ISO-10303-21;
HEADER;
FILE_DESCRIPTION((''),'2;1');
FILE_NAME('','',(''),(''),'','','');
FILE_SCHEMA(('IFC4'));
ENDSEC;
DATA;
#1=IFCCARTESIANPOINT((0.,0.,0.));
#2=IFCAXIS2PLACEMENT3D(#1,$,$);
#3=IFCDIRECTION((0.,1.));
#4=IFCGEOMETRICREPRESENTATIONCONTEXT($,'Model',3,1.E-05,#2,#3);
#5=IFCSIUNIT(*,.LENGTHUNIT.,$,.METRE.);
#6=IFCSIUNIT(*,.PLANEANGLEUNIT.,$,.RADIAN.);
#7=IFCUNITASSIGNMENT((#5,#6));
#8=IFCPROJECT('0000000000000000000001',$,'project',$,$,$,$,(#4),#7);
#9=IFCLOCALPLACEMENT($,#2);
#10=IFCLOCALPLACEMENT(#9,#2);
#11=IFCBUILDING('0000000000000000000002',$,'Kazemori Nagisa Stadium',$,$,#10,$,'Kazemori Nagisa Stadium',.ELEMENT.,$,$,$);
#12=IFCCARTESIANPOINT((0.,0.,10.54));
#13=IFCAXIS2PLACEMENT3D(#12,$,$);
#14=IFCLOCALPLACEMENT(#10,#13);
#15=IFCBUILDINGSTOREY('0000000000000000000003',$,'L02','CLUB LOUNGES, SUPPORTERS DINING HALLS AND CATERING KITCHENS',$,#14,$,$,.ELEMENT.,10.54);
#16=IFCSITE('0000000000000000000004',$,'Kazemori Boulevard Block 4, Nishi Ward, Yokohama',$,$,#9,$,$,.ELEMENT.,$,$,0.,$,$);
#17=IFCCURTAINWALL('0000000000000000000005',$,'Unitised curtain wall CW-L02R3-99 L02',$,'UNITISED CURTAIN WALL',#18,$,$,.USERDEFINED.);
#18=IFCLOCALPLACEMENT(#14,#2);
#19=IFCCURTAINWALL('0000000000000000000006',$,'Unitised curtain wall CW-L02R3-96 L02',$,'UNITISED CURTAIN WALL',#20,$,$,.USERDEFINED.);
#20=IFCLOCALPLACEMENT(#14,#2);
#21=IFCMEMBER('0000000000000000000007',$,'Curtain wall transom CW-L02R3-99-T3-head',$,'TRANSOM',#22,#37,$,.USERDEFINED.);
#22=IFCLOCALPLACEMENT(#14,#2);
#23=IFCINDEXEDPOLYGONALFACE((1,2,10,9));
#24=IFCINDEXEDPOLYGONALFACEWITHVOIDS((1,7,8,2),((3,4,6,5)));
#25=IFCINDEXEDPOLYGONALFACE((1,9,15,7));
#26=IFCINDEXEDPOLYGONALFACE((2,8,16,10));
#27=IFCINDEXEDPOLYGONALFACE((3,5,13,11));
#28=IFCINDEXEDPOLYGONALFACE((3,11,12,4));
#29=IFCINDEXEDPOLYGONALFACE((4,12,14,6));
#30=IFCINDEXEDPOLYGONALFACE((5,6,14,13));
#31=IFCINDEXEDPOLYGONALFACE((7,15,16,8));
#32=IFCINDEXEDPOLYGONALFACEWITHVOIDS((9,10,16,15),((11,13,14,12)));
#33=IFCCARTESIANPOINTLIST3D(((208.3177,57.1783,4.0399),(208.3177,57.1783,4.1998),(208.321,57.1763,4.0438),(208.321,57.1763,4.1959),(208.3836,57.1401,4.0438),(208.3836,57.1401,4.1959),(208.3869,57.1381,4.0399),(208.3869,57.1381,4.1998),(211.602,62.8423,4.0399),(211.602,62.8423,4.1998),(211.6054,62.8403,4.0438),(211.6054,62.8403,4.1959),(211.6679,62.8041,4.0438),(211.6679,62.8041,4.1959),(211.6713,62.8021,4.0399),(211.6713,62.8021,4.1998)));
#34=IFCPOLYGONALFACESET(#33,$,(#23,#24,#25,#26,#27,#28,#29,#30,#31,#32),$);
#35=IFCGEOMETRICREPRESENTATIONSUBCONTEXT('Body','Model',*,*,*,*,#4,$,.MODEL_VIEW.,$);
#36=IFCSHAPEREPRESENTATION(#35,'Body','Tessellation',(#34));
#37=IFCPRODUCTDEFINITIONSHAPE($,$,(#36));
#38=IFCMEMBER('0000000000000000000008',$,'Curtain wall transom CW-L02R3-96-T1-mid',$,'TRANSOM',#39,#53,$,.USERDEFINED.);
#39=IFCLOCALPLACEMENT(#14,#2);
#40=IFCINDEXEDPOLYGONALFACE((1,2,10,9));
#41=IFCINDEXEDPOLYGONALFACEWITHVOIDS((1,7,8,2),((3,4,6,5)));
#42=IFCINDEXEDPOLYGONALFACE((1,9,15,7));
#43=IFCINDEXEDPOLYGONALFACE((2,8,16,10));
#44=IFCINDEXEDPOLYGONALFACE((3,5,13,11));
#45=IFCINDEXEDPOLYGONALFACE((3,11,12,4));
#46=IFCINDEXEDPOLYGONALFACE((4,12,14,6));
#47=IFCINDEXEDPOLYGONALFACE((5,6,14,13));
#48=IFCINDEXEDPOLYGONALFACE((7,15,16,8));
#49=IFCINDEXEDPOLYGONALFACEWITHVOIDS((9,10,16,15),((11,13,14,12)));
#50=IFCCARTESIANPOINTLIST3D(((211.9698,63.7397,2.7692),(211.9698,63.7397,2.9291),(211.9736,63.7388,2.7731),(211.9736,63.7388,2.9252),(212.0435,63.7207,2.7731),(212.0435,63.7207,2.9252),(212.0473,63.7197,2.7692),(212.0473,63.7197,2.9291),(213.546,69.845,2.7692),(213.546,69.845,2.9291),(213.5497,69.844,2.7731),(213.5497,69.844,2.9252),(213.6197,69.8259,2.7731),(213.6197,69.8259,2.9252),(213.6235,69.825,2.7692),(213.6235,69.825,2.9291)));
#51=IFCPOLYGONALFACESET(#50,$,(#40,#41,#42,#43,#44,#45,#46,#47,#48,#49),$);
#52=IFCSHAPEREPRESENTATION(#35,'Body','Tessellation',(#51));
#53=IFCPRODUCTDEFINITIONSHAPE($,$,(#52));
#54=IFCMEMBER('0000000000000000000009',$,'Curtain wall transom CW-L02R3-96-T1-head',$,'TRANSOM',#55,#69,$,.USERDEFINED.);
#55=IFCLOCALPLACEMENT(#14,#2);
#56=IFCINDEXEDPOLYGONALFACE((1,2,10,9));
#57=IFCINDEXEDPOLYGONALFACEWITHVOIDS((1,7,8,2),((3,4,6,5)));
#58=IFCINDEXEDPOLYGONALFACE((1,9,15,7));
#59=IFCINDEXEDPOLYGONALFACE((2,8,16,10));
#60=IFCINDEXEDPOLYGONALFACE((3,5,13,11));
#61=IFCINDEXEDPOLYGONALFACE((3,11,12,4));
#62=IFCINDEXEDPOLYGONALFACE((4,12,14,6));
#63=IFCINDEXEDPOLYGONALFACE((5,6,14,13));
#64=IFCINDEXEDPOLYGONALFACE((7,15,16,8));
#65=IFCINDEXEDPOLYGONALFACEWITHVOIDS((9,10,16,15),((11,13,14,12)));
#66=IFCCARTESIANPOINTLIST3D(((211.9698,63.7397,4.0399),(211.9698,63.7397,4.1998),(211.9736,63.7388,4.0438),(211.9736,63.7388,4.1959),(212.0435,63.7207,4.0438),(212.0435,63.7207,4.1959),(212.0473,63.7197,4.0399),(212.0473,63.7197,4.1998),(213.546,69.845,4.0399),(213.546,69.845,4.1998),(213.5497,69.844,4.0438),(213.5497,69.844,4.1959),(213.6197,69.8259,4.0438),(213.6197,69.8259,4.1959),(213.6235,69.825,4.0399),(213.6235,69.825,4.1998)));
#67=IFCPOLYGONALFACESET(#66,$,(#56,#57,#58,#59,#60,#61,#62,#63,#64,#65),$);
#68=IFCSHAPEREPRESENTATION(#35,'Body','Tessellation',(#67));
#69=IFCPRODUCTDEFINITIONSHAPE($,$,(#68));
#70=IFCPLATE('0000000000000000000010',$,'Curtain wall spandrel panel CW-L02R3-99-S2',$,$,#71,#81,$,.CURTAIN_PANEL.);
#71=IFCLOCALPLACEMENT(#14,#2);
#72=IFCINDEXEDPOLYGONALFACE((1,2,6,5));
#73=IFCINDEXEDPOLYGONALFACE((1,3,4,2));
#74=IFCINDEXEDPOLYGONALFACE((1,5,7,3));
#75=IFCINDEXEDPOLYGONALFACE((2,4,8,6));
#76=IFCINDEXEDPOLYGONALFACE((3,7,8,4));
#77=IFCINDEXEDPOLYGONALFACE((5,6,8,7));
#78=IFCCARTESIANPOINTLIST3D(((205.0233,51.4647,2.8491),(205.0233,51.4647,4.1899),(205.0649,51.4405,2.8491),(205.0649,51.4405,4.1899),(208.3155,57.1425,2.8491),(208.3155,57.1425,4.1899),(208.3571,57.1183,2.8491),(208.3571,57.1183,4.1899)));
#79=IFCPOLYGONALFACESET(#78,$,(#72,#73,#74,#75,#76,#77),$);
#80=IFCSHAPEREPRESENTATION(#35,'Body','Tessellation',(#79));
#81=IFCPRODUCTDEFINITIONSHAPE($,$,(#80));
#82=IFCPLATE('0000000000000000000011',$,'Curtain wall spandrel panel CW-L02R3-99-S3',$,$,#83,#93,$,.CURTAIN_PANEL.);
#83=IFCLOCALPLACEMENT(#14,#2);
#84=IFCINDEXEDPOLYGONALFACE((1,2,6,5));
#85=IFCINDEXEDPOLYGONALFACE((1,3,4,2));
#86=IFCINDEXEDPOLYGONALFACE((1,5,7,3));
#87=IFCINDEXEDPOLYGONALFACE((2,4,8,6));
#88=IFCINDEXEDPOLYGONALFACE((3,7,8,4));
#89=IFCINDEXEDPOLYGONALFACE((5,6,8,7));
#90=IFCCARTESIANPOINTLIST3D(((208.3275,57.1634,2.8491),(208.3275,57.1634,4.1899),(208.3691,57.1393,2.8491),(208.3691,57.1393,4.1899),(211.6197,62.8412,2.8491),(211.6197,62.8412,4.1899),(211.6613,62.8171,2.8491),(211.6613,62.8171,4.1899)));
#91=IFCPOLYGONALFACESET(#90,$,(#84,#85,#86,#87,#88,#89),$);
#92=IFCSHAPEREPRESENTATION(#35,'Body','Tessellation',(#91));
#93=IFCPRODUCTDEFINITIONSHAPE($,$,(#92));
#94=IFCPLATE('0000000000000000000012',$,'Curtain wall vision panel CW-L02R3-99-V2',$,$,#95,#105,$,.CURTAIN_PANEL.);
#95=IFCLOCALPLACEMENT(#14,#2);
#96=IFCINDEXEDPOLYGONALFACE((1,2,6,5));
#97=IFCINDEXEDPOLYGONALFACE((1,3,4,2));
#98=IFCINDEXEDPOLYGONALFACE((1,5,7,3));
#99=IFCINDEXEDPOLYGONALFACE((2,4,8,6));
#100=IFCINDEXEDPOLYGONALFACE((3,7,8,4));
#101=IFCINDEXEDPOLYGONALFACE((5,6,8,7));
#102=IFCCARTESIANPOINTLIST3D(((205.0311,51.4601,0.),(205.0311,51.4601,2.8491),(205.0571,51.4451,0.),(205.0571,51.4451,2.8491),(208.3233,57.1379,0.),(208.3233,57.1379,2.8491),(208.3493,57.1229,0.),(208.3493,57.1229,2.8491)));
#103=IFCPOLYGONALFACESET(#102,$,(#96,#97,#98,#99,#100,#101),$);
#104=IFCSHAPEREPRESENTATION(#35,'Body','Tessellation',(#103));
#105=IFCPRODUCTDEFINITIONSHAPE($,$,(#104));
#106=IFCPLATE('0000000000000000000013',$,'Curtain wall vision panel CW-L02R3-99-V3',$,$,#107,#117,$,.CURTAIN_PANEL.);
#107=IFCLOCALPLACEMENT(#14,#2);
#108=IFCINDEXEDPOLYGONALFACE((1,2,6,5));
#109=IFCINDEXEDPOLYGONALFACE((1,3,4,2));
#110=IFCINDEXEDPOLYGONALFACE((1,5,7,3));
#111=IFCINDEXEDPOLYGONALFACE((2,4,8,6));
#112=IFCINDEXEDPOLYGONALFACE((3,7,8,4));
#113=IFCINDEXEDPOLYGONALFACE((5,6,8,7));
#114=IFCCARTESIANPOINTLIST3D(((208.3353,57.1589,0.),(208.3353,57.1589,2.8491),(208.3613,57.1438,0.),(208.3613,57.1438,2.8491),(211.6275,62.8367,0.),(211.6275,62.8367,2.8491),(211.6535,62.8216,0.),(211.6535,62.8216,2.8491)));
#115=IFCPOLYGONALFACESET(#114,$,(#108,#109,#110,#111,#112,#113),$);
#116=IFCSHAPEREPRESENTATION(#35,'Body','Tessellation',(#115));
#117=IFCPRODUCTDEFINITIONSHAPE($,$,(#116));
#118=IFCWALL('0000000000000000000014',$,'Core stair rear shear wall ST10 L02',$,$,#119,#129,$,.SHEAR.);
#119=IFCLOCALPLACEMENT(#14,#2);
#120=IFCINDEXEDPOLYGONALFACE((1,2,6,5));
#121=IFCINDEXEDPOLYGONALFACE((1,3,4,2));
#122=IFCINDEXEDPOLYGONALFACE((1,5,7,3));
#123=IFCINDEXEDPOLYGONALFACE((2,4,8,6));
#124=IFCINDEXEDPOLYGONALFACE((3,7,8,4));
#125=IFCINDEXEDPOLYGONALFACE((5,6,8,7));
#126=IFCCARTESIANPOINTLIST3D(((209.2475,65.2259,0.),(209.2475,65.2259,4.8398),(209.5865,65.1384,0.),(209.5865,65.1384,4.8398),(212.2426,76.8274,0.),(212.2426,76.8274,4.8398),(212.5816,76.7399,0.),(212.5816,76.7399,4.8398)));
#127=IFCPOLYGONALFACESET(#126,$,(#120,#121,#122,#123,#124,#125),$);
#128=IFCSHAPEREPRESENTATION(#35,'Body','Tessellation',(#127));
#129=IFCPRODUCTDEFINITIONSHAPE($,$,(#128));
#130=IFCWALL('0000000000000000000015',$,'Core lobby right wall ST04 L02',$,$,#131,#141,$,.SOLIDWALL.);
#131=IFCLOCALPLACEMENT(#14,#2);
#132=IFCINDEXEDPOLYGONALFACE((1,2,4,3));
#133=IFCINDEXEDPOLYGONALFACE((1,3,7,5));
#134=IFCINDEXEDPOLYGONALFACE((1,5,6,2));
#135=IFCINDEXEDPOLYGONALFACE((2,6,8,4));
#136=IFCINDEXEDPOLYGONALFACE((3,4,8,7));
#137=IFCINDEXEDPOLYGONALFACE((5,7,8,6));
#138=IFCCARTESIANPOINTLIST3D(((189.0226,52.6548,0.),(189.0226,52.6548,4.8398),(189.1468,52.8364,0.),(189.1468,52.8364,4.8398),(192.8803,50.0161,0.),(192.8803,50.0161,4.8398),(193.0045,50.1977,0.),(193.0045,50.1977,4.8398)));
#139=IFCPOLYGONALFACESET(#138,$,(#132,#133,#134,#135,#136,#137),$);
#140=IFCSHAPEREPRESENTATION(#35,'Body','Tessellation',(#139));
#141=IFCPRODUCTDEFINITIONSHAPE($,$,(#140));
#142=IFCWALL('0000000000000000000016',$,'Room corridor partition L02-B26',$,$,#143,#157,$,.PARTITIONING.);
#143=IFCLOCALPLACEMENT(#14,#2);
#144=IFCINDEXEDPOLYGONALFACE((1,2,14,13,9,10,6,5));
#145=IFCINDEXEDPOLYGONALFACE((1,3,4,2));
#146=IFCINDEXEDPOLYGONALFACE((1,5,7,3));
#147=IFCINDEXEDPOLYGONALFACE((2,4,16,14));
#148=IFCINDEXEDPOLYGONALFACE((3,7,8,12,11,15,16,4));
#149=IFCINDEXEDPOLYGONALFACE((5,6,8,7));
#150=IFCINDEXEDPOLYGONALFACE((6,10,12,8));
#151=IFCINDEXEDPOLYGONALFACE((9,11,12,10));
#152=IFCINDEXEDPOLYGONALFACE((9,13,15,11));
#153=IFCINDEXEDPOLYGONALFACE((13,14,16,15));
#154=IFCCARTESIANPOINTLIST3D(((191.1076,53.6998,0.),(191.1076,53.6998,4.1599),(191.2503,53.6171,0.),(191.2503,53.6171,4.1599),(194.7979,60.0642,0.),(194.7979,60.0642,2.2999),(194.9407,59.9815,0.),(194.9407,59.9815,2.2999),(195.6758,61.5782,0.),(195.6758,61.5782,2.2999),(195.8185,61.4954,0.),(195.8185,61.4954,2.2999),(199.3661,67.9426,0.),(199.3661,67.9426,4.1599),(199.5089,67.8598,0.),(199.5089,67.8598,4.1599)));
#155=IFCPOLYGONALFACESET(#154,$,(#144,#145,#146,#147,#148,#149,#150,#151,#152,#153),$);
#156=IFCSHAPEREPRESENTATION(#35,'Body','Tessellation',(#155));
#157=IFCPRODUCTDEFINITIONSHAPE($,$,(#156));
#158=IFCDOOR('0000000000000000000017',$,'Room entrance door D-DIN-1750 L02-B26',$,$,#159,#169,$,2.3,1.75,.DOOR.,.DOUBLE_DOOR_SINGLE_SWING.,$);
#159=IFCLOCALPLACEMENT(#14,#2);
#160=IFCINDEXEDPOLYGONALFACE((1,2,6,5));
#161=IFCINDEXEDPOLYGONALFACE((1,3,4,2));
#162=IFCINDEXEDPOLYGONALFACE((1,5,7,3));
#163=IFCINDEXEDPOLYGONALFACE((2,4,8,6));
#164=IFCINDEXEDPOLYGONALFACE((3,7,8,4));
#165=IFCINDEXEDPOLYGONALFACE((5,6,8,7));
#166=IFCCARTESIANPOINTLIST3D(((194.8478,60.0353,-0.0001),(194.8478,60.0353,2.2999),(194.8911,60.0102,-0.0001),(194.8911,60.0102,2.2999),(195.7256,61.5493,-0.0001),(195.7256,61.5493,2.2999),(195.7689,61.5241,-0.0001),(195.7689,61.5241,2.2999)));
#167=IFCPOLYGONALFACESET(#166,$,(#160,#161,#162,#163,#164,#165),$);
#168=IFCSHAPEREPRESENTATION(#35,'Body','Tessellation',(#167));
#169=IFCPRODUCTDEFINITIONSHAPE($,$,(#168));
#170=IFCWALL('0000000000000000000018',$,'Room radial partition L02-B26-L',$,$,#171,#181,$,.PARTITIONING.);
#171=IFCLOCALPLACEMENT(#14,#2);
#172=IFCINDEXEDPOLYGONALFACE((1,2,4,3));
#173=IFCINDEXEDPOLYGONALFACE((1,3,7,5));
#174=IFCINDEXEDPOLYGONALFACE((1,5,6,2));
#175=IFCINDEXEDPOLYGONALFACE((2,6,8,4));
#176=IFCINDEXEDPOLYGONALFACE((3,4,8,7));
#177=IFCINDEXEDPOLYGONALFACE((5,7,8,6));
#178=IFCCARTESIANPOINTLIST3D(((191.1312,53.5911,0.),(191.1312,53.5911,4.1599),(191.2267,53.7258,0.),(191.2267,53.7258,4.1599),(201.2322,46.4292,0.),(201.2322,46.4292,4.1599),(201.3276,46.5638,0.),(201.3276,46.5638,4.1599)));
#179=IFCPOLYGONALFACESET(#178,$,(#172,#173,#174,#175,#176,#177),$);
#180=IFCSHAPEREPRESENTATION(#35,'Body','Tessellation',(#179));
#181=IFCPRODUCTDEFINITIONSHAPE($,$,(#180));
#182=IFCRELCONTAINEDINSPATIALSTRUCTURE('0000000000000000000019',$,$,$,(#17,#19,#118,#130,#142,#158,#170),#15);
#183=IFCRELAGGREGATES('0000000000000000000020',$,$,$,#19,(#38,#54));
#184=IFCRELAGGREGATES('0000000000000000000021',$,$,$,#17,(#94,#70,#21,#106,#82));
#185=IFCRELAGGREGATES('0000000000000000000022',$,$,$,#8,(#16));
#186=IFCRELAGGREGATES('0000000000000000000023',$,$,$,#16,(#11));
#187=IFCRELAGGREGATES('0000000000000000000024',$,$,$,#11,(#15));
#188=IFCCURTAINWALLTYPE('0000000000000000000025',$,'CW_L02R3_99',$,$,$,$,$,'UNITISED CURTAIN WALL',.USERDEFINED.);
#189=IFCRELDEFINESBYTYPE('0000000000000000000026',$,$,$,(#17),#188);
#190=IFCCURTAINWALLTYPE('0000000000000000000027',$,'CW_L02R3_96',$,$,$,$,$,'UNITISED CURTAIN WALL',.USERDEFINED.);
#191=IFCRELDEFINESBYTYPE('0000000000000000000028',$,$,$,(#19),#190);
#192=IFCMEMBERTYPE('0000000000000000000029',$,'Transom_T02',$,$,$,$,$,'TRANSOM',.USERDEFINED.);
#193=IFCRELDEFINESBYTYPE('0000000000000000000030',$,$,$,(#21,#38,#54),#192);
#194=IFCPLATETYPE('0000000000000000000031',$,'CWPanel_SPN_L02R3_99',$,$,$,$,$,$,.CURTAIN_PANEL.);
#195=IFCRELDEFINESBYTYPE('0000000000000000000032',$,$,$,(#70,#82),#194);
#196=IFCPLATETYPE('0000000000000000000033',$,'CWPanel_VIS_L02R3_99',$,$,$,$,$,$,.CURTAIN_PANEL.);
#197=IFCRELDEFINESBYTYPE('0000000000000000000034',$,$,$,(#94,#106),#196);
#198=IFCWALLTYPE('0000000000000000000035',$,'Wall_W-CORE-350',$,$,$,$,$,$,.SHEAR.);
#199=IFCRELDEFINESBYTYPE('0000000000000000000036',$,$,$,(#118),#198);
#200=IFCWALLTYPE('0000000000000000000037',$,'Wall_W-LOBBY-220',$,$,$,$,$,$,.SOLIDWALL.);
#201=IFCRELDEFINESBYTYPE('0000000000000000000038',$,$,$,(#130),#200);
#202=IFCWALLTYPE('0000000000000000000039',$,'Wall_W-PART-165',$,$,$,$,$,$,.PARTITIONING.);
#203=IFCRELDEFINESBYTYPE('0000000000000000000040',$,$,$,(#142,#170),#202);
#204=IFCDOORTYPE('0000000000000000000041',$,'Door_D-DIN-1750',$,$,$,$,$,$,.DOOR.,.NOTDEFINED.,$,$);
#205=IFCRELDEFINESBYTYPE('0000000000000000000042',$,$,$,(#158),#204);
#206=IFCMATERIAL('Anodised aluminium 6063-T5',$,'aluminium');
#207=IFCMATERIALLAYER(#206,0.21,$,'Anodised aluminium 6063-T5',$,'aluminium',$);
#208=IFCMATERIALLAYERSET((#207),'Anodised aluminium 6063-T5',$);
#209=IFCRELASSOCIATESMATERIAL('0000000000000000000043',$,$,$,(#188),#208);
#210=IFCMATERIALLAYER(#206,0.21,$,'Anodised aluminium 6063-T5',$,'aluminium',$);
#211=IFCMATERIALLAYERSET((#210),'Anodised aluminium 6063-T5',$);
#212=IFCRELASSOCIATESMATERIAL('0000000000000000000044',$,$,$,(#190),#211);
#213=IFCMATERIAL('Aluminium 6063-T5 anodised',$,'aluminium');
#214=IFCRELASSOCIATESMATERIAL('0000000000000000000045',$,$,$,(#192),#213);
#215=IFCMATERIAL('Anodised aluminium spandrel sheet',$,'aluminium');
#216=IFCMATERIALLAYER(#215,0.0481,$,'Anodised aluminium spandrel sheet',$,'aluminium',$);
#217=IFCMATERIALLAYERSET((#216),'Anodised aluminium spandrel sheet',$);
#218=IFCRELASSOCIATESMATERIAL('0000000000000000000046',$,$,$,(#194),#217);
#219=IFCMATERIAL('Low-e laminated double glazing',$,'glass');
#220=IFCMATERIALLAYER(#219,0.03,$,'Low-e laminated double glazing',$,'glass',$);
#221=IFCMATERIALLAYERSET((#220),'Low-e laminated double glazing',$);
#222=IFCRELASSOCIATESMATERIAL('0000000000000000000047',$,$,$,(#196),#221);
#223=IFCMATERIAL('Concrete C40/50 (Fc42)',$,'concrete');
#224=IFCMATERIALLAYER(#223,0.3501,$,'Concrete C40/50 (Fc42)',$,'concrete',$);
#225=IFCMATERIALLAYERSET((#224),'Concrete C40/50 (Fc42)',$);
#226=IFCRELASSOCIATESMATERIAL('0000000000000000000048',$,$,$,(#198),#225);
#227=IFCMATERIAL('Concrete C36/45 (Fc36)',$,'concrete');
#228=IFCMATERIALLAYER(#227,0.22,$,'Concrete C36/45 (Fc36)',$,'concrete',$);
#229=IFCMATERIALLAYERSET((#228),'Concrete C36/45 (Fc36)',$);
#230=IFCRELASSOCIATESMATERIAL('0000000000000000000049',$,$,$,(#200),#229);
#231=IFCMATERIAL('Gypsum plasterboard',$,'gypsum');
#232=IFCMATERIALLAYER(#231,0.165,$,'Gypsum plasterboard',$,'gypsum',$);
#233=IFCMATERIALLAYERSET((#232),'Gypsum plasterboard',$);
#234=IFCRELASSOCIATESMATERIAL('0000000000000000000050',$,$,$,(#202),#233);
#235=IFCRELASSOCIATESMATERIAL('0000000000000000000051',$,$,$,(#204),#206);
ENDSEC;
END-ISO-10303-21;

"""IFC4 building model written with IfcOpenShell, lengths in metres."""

from ifc_helpers import new_model, si_unit, direction, frame, frame_2d, origin, origin_2d, place, context, subcontext, project, spatial, rectangle, hollow_rectangle, extrude, material, layer, layer_set, material_profile, profile_set, type_object, element, fill, aggregate, save


model = new_model("IFC4")

# Units and contexts
model_context = context("Model", 3, precision=1e-05, world=origin(), true_north=direction((0.0, 1.0)))
body_context = subcontext(model_context, "Body", "Model", "MODEL_VIEW")
ifc_project = project(units=[si_unit("LENGTHUNIT", "METRE"), si_unit("PLANEANGLEUNIT", "RADIAN")], contexts=[model_context])

# Site, building, storey
site_placement = place(None, origin())
site = spatial("IfcSite", under=ifc_project, at=site_placement, Name="Kazemori Boulevard Block 4, Nishi Ward, Yokohama", CompositionType="ELEMENT", RefElevation=0.0)
building_placement = place(site_placement, origin())
building = spatial("IfcBuilding", under=site, at=building_placement, Name="Kazemori Nagisa Stadium", LongName="Kazemori Nagisa Stadium", CompositionType="ELEMENT")
storey_placement = place(building_placement, frame((0.0, 0.0, 10.54)))
storey = spatial("IfcBuildingStorey", under=building, at=storey_placement, Name="L02", Description="CLUB LOUNGES, SUPPORTERS DINING HALLS AND CATERING KITCHENS", CompositionType="ELEMENT", Elevation=10.54)

# Shared definitions
ifc_material_1 = material(Name="Concrete C40/50 (Fc42)", Category="concrete")

# Curtain wall
ifc_material_2 = material(Name="Anodised aluminium 6063-T5", Category="aluminium")
ifc_layer_1 = layer(ifc_material_2, 0.21, Name="Anodised aluminium 6063-T5", Category="aluminium")
ifc_layer_set_1 = layer_set([ifc_layer_1], Name="Anodised aluminium 6063-T5")
curtain_wall_type_1 = type_object("IfcCurtainWallType", Name="CW_L02R3_99", ElementType="UNITISED CURTAIN WALL", PredefinedType="USERDEFINED", material=ifc_layer_set_1)
curtain_wall_1_placement = place(storey_placement, origin())
curtain_wall_1 = element("IfcCurtainWall", 1, at=curtain_wall_1_placement, inside=storey, type_object=curtain_wall_type_1, Name="Unitised curtain wall CW-L02R3-99 L02", ObjectType="UNITISED CURTAIN WALL", PredefinedType="USERDEFINED")
ifc_material_3 = material(Name="Aluminium 6063-T5 anodised", Category="aluminium")

# Curtain wall
ifc_layer_2 = layer(ifc_material_2, 0.21, Name="Anodised aluminium 6063-T5", Category="aluminium")
ifc_layer_set_2 = layer_set([ifc_layer_2], Name="Anodised aluminium 6063-T5")
curtain_wall_type_2 = type_object("IfcCurtainWallType", Name="CW_L02R3_96", ElementType="UNITISED CURTAIN WALL", PredefinedType="USERDEFINED", material=ifc_layer_set_2)
curtain_wall_2_placement = place(storey_placement, origin())
curtain_wall_2 = element("IfcCurtainWall", 2, at=curtain_wall_2_placement, inside=storey, type_object=curtain_wall_type_2, Name="Unitised curtain wall CW-L02R3-96 L02", ObjectType="UNITISED CURTAIN WALL", PredefinedType="USERDEFINED")

# Members
ifc_material_profile_1 = material_profile(ifc_material_3, hollow_rectangle(XDim=0.0801, YDim=0.1599, WallThickness=0.0039, at=origin_2d()), Name="ALU-TRAN-80x160x4")
ifc_profile_set_1 = profile_set([ifc_material_profile_1], Name="Aluminium 6063-T5 anodised")
member_type_1 = type_object("IfcMemberType", Name="Transom_T02", ElementType="TRANSOM", PredefinedType="USERDEFINED", material=ifc_profile_set_1)
member_1_placement = place(storey_placement, frame((208.3523, 57.1582, 4.1199), z_axis=(0.501634, 0.86508, 0.0), x_axis=(-0.86508, 0.501634, 0.0)))
member_1 = element("IfcMember", 3, at=member_1_placement, type_object=member_type_1, Name="Curtain wall transom CW-L02R3-99-T3-head", ObjectType="TRANSOM", PredefinedType="USERDEFINED", context=body_context, shape_type="SweptSolid", body=[
    extrude(hollow_rectangle(XDim=0.0801, YDim=0.1599, WallThickness=0.0039, at=origin_2d()), origin(), (0.0, 0.0, 1.0), 6.5474),
])
member_2_placement = place(storey_placement, frame((212.0085, 63.7297, 2.8491), z_axis=(0.249972, 0.968253, 0.0), x_axis=(-0.968253, 0.249972, 0.0)))
member_2 = element("IfcMember", 4, at=member_2_placement, type_object=member_type_1, Name="Curtain wall transom CW-L02R3-96-T1-mid", ObjectType="TRANSOM", PredefinedType="USERDEFINED", context=body_context, shape_type="SweptSolid", body=[
    extrude(hollow_rectangle(XDim=0.0801, YDim=0.1599, WallThickness=0.0039, at=origin_2d()), origin(), (0.0, 0.0, 1.0), 6.3054),
])
member_3_placement = place(storey_placement, frame((212.0085, 63.7297, 4.1199), z_axis=(0.249972, 0.968253, 0.0), x_axis=(-0.968253, 0.249972, 0.0)))
member_3 = element("IfcMember", 5, at=member_3_placement, type_object=member_type_1, Name="Curtain wall transom CW-L02R3-96-T1-head", ObjectType="TRANSOM", PredefinedType="USERDEFINED", context=body_context, shape_type="SweptSolid", body=[
    extrude(hollow_rectangle(XDim=0.0801, YDim=0.1599, WallThickness=0.0039, at=origin_2d()), origin(), (0.0, 0.0, 1.0), 6.3054),
])
aggregate(curtain_wall_2, [member_2, member_3])

# Plates
ifc_material_4 = material(Name="Anodised aluminium spandrel sheet", Category="aluminium")
ifc_layer_3 = layer(ifc_material_4, 0.0481, Name="Anodised aluminium spandrel sheet", Category="aluminium")
ifc_layer_set_3 = layer_set([ifc_layer_3], Name="Anodised aluminium spandrel sheet")
plate_type_1 = type_object("IfcPlateType", Name="CWPanel_SPN_L02R3_99", PredefinedType="CURTAIN_PANEL", material=ifc_layer_set_3)
plate_1_placement = place(storey_placement, frame((206.6902, 54.2915, 2.8491), z_axis=(0.0, 0.0, 1.0), x_axis=(0.501612, 0.865093, 0.0)))
plate_1 = element("IfcPlate", 6, at=plate_1_placement, type_object=plate_type_1, Name="Curtain wall spandrel panel CW-L02R3-99-S2", PredefinedType="CURTAIN_PANEL", context=body_context, shape_type="SweptSolid", body=[
    extrude(rectangle(XDim=6.5632, YDim=0.0481, at=origin_2d()), origin(), (0.0, 0.0, 1.0), 1.3408),
])
plate_2_placement = place(storey_placement, frame((209.9944, 59.9902, 2.8491), z_axis=(0.0, 0.0, 1.0), x_axis=(0.501612, 0.865093, 0.0)))
plate_2 = element("IfcPlate", 7, at=plate_2_placement, type_object=plate_type_1, Name="Curtain wall spandrel panel CW-L02R3-99-S3", PredefinedType="CURTAIN_PANEL", context=body_context, shape_type="SweptSolid", body=[
    extrude(rectangle(XDim=6.5632, YDim=0.0481, at=origin_2d()), origin(), (0.0, 0.0, 1.0), 1.3408),
])
ifc_material_5 = material(Name="Low-e laminated double glazing", Category="glass")
ifc_layer_4 = layer(ifc_material_5, 0.03, Name="Low-e laminated double glazing", Category="glass")
ifc_layer_set_4 = layer_set([ifc_layer_4], Name="Low-e laminated double glazing")
plate_type_2 = type_object("IfcPlateType", Name="CWPanel_VIS_L02R3_99", PredefinedType="CURTAIN_PANEL", material=ifc_layer_set_4)
plate_3_placement = place(storey_placement, frame((206.6902, 54.2915, 0.0), z_axis=(0.0, 0.0, 1.0), x_axis=(0.501612, 0.865093, 0.0)))
plate_3 = element("IfcPlate", 8, at=plate_3_placement, type_object=plate_type_2, Name="Curtain wall vision panel CW-L02R3-99-V2", PredefinedType="CURTAIN_PANEL", context=body_context, shape_type="SweptSolid", body=[
    extrude(rectangle(XDim=6.5632, YDim=0.03, at=origin_2d()), origin(), (0.0, 0.0, 1.0), 2.8491),
])
plate_4_placement = place(storey_placement, frame((209.9944, 59.9902, 0.0), z_axis=(0.0, 0.0, 1.0), x_axis=(0.501612, 0.865093, 0.0)))
plate_4 = element("IfcPlate", 9, at=plate_4_placement, type_object=plate_type_2, Name="Curtain wall vision panel CW-L02R3-99-V3", PredefinedType="CURTAIN_PANEL", context=body_context, shape_type="SweptSolid", body=[
    extrude(rectangle(XDim=6.5632, YDim=0.03, at=origin_2d()), origin(), (0.0, 0.0, 1.0), 2.8491),
])
aggregate(curtain_wall_1, [plate_3, plate_1, member_1, plate_4, plate_2])

# Walls
ifc_layer_5 = layer(ifc_material_1, 0.3501, Name="Concrete C40/50 (Fc42)", Category="concrete")
ifc_layer_set_5 = layer_set([ifc_layer_5], Name="Concrete C40/50 (Fc42)")
wall_type_1 = type_object("IfcWallType", Name="Wall_W-CORE-350", PredefinedType="SHEAR", material=ifc_layer_set_5)
wall_1_placement = place(storey_placement, frame((209.417, 65.1821, 0.0), z_axis=(0.0, 0.0, 1.0), x_axis=(0.249969, 0.968254, 0.0)))
element("IfcWall", 10, at=wall_1_placement, inside=storey, type_object=wall_type_1, Name="Core stair rear shear wall ST10 L02", PredefinedType="SHEAR", context=body_context, shape_type="SweptSolid", body=[
    extrude(rectangle(XDim=11.9819, YDim=0.3501, at=frame_2d((5.991, 0.0))), origin(), (0.0, 0.0, 1.0), 4.8398),
])
ifc_material_6 = material(Name="Concrete C36/45 (Fc36)", Category="concrete")
ifc_layer_6 = layer(ifc_material_6, 0.22, Name="Concrete C36/45 (Fc36)", Category="concrete")
ifc_layer_set_6 = layer_set([ifc_layer_6], Name="Concrete C36/45 (Fc36)")
wall_type_2 = type_object("IfcWallType", Name="Wall_W-LOBBY-220", PredefinedType="SOLIDWALL", material=ifc_layer_set_6)
wall_2_placement = place(storey_placement, frame((189.0847, 52.7456, 0.0), z_axis=(0.0, 0.0, 1.0), x_axis=(0.825385, -0.56457, 0.0)))
element("IfcWall", 11, at=wall_2_placement, inside=storey, type_object=wall_type_2, Name="Core lobby right wall ST04 L02", PredefinedType="SOLIDWALL", context=body_context, shape_type="SweptSolid", body=[
    extrude(rectangle(XDim=4.6738, YDim=0.22, at=frame_2d((2.3369, 0.0))), origin(), (0.0, 0.0, 1.0), 4.8398),
])

# Wall, opening, door
ifc_material_7 = material(Name="Gypsum plasterboard", Category="gypsum")
ifc_layer_7 = layer(ifc_material_7, 0.165, Name="Gypsum plasterboard", Category="gypsum")
ifc_layer_set_7 = layer_set([ifc_layer_7], Name="Gypsum plasterboard")
wall_type_3 = type_object("IfcWallType", Name="Wall_W-PART-165", PredefinedType="PARTITIONING", material=ifc_layer_set_7)
wall_3_placement = place(storey_placement, frame((191.179, 53.6584, 0.0), z_axis=(0.0, 0.0, 1.0), x_axis=(0.501618, 0.865089, 0.0)))
wall_3 = element("IfcWall", 12, at=wall_3_placement, inside=storey, type_object=wall_type_3, Name="Room corridor partition L02-B26", PredefinedType="PARTITIONING", context=body_context, shape_type="SweptSolid", body=[
    extrude(rectangle(XDim=16.4639, YDim=0.165, at=frame_2d((8.2319, 0.0))), origin(), (0.0, 0.0, 1.0), 4.1599),
])
opening_placement = place(wall_3_placement, frame((7.3569, 0.0, 0.0)))
opening = element("IfcOpeningElement", 13, at=opening_placement, cuts=wall_3, PredefinedType="OPENING", context=body_context, shape_type="SweptSolid", body=[
    extrude(rectangle(XDim=1.75, YDim=2.3, at=frame_2d((0.875, 1.1499))), frame((0.0, 0.0925, 0.0), z_axis=(0.0, -1.0, 0.0), x_axis=(1.0, 0.0, 0.0)), (0.0, 0.0, 1.0), 0.1851),
])
door_type = type_object("IfcDoorType", Name="Door_D-DIN-1750", OperationType="NOTDEFINED", PredefinedType="DOOR", material=ifc_material_2)
door_placement = place(opening_placement, origin())
door = element("IfcDoor", 14, at=door_placement, inside=storey, type_object=door_type, Name="Room entrance door D-DIN-1750 L02-B26", OperationType="DOUBLE_DOOR_SINGLE_SWING", OverallHeight=2.3, OverallWidth=1.75, PredefinedType="DOOR", context=body_context, shape_type="SweptSolid", body=[
    extrude(rectangle(XDim=1.75, YDim=2.3, at=frame_2d((0.875, 1.1499))), frame((0.0, 0.0249, 0.0), z_axis=(0.0, -1.0, 0.0), x_axis=(1.0, 0.0, 0.0)), (0.0, 0.0, 1.0), 0.05),
])
fill(opening, door)

# Wall
wall_4_placement = place(storey_placement, frame((191.179, 53.6584, 0.0), z_axis=(0.0, 0.0, 1.0), x_axis=(0.815754, -0.5784, 0.0)))
element("IfcWall", 15, at=wall_4_placement, inside=storey, type_object=wall_type_3, Name="Room radial partition L02-B26-L", PredefinedType="PARTITIONING", context=body_context, shape_type="SweptSolid", body=[
    extrude(rectangle(XDim=12.3823, YDim=0.165, at=frame_2d((6.1912, 0.0))), origin(), (0.0, 0.0, 1.0), 4.1599),
])

save(model, "model.ifc")
